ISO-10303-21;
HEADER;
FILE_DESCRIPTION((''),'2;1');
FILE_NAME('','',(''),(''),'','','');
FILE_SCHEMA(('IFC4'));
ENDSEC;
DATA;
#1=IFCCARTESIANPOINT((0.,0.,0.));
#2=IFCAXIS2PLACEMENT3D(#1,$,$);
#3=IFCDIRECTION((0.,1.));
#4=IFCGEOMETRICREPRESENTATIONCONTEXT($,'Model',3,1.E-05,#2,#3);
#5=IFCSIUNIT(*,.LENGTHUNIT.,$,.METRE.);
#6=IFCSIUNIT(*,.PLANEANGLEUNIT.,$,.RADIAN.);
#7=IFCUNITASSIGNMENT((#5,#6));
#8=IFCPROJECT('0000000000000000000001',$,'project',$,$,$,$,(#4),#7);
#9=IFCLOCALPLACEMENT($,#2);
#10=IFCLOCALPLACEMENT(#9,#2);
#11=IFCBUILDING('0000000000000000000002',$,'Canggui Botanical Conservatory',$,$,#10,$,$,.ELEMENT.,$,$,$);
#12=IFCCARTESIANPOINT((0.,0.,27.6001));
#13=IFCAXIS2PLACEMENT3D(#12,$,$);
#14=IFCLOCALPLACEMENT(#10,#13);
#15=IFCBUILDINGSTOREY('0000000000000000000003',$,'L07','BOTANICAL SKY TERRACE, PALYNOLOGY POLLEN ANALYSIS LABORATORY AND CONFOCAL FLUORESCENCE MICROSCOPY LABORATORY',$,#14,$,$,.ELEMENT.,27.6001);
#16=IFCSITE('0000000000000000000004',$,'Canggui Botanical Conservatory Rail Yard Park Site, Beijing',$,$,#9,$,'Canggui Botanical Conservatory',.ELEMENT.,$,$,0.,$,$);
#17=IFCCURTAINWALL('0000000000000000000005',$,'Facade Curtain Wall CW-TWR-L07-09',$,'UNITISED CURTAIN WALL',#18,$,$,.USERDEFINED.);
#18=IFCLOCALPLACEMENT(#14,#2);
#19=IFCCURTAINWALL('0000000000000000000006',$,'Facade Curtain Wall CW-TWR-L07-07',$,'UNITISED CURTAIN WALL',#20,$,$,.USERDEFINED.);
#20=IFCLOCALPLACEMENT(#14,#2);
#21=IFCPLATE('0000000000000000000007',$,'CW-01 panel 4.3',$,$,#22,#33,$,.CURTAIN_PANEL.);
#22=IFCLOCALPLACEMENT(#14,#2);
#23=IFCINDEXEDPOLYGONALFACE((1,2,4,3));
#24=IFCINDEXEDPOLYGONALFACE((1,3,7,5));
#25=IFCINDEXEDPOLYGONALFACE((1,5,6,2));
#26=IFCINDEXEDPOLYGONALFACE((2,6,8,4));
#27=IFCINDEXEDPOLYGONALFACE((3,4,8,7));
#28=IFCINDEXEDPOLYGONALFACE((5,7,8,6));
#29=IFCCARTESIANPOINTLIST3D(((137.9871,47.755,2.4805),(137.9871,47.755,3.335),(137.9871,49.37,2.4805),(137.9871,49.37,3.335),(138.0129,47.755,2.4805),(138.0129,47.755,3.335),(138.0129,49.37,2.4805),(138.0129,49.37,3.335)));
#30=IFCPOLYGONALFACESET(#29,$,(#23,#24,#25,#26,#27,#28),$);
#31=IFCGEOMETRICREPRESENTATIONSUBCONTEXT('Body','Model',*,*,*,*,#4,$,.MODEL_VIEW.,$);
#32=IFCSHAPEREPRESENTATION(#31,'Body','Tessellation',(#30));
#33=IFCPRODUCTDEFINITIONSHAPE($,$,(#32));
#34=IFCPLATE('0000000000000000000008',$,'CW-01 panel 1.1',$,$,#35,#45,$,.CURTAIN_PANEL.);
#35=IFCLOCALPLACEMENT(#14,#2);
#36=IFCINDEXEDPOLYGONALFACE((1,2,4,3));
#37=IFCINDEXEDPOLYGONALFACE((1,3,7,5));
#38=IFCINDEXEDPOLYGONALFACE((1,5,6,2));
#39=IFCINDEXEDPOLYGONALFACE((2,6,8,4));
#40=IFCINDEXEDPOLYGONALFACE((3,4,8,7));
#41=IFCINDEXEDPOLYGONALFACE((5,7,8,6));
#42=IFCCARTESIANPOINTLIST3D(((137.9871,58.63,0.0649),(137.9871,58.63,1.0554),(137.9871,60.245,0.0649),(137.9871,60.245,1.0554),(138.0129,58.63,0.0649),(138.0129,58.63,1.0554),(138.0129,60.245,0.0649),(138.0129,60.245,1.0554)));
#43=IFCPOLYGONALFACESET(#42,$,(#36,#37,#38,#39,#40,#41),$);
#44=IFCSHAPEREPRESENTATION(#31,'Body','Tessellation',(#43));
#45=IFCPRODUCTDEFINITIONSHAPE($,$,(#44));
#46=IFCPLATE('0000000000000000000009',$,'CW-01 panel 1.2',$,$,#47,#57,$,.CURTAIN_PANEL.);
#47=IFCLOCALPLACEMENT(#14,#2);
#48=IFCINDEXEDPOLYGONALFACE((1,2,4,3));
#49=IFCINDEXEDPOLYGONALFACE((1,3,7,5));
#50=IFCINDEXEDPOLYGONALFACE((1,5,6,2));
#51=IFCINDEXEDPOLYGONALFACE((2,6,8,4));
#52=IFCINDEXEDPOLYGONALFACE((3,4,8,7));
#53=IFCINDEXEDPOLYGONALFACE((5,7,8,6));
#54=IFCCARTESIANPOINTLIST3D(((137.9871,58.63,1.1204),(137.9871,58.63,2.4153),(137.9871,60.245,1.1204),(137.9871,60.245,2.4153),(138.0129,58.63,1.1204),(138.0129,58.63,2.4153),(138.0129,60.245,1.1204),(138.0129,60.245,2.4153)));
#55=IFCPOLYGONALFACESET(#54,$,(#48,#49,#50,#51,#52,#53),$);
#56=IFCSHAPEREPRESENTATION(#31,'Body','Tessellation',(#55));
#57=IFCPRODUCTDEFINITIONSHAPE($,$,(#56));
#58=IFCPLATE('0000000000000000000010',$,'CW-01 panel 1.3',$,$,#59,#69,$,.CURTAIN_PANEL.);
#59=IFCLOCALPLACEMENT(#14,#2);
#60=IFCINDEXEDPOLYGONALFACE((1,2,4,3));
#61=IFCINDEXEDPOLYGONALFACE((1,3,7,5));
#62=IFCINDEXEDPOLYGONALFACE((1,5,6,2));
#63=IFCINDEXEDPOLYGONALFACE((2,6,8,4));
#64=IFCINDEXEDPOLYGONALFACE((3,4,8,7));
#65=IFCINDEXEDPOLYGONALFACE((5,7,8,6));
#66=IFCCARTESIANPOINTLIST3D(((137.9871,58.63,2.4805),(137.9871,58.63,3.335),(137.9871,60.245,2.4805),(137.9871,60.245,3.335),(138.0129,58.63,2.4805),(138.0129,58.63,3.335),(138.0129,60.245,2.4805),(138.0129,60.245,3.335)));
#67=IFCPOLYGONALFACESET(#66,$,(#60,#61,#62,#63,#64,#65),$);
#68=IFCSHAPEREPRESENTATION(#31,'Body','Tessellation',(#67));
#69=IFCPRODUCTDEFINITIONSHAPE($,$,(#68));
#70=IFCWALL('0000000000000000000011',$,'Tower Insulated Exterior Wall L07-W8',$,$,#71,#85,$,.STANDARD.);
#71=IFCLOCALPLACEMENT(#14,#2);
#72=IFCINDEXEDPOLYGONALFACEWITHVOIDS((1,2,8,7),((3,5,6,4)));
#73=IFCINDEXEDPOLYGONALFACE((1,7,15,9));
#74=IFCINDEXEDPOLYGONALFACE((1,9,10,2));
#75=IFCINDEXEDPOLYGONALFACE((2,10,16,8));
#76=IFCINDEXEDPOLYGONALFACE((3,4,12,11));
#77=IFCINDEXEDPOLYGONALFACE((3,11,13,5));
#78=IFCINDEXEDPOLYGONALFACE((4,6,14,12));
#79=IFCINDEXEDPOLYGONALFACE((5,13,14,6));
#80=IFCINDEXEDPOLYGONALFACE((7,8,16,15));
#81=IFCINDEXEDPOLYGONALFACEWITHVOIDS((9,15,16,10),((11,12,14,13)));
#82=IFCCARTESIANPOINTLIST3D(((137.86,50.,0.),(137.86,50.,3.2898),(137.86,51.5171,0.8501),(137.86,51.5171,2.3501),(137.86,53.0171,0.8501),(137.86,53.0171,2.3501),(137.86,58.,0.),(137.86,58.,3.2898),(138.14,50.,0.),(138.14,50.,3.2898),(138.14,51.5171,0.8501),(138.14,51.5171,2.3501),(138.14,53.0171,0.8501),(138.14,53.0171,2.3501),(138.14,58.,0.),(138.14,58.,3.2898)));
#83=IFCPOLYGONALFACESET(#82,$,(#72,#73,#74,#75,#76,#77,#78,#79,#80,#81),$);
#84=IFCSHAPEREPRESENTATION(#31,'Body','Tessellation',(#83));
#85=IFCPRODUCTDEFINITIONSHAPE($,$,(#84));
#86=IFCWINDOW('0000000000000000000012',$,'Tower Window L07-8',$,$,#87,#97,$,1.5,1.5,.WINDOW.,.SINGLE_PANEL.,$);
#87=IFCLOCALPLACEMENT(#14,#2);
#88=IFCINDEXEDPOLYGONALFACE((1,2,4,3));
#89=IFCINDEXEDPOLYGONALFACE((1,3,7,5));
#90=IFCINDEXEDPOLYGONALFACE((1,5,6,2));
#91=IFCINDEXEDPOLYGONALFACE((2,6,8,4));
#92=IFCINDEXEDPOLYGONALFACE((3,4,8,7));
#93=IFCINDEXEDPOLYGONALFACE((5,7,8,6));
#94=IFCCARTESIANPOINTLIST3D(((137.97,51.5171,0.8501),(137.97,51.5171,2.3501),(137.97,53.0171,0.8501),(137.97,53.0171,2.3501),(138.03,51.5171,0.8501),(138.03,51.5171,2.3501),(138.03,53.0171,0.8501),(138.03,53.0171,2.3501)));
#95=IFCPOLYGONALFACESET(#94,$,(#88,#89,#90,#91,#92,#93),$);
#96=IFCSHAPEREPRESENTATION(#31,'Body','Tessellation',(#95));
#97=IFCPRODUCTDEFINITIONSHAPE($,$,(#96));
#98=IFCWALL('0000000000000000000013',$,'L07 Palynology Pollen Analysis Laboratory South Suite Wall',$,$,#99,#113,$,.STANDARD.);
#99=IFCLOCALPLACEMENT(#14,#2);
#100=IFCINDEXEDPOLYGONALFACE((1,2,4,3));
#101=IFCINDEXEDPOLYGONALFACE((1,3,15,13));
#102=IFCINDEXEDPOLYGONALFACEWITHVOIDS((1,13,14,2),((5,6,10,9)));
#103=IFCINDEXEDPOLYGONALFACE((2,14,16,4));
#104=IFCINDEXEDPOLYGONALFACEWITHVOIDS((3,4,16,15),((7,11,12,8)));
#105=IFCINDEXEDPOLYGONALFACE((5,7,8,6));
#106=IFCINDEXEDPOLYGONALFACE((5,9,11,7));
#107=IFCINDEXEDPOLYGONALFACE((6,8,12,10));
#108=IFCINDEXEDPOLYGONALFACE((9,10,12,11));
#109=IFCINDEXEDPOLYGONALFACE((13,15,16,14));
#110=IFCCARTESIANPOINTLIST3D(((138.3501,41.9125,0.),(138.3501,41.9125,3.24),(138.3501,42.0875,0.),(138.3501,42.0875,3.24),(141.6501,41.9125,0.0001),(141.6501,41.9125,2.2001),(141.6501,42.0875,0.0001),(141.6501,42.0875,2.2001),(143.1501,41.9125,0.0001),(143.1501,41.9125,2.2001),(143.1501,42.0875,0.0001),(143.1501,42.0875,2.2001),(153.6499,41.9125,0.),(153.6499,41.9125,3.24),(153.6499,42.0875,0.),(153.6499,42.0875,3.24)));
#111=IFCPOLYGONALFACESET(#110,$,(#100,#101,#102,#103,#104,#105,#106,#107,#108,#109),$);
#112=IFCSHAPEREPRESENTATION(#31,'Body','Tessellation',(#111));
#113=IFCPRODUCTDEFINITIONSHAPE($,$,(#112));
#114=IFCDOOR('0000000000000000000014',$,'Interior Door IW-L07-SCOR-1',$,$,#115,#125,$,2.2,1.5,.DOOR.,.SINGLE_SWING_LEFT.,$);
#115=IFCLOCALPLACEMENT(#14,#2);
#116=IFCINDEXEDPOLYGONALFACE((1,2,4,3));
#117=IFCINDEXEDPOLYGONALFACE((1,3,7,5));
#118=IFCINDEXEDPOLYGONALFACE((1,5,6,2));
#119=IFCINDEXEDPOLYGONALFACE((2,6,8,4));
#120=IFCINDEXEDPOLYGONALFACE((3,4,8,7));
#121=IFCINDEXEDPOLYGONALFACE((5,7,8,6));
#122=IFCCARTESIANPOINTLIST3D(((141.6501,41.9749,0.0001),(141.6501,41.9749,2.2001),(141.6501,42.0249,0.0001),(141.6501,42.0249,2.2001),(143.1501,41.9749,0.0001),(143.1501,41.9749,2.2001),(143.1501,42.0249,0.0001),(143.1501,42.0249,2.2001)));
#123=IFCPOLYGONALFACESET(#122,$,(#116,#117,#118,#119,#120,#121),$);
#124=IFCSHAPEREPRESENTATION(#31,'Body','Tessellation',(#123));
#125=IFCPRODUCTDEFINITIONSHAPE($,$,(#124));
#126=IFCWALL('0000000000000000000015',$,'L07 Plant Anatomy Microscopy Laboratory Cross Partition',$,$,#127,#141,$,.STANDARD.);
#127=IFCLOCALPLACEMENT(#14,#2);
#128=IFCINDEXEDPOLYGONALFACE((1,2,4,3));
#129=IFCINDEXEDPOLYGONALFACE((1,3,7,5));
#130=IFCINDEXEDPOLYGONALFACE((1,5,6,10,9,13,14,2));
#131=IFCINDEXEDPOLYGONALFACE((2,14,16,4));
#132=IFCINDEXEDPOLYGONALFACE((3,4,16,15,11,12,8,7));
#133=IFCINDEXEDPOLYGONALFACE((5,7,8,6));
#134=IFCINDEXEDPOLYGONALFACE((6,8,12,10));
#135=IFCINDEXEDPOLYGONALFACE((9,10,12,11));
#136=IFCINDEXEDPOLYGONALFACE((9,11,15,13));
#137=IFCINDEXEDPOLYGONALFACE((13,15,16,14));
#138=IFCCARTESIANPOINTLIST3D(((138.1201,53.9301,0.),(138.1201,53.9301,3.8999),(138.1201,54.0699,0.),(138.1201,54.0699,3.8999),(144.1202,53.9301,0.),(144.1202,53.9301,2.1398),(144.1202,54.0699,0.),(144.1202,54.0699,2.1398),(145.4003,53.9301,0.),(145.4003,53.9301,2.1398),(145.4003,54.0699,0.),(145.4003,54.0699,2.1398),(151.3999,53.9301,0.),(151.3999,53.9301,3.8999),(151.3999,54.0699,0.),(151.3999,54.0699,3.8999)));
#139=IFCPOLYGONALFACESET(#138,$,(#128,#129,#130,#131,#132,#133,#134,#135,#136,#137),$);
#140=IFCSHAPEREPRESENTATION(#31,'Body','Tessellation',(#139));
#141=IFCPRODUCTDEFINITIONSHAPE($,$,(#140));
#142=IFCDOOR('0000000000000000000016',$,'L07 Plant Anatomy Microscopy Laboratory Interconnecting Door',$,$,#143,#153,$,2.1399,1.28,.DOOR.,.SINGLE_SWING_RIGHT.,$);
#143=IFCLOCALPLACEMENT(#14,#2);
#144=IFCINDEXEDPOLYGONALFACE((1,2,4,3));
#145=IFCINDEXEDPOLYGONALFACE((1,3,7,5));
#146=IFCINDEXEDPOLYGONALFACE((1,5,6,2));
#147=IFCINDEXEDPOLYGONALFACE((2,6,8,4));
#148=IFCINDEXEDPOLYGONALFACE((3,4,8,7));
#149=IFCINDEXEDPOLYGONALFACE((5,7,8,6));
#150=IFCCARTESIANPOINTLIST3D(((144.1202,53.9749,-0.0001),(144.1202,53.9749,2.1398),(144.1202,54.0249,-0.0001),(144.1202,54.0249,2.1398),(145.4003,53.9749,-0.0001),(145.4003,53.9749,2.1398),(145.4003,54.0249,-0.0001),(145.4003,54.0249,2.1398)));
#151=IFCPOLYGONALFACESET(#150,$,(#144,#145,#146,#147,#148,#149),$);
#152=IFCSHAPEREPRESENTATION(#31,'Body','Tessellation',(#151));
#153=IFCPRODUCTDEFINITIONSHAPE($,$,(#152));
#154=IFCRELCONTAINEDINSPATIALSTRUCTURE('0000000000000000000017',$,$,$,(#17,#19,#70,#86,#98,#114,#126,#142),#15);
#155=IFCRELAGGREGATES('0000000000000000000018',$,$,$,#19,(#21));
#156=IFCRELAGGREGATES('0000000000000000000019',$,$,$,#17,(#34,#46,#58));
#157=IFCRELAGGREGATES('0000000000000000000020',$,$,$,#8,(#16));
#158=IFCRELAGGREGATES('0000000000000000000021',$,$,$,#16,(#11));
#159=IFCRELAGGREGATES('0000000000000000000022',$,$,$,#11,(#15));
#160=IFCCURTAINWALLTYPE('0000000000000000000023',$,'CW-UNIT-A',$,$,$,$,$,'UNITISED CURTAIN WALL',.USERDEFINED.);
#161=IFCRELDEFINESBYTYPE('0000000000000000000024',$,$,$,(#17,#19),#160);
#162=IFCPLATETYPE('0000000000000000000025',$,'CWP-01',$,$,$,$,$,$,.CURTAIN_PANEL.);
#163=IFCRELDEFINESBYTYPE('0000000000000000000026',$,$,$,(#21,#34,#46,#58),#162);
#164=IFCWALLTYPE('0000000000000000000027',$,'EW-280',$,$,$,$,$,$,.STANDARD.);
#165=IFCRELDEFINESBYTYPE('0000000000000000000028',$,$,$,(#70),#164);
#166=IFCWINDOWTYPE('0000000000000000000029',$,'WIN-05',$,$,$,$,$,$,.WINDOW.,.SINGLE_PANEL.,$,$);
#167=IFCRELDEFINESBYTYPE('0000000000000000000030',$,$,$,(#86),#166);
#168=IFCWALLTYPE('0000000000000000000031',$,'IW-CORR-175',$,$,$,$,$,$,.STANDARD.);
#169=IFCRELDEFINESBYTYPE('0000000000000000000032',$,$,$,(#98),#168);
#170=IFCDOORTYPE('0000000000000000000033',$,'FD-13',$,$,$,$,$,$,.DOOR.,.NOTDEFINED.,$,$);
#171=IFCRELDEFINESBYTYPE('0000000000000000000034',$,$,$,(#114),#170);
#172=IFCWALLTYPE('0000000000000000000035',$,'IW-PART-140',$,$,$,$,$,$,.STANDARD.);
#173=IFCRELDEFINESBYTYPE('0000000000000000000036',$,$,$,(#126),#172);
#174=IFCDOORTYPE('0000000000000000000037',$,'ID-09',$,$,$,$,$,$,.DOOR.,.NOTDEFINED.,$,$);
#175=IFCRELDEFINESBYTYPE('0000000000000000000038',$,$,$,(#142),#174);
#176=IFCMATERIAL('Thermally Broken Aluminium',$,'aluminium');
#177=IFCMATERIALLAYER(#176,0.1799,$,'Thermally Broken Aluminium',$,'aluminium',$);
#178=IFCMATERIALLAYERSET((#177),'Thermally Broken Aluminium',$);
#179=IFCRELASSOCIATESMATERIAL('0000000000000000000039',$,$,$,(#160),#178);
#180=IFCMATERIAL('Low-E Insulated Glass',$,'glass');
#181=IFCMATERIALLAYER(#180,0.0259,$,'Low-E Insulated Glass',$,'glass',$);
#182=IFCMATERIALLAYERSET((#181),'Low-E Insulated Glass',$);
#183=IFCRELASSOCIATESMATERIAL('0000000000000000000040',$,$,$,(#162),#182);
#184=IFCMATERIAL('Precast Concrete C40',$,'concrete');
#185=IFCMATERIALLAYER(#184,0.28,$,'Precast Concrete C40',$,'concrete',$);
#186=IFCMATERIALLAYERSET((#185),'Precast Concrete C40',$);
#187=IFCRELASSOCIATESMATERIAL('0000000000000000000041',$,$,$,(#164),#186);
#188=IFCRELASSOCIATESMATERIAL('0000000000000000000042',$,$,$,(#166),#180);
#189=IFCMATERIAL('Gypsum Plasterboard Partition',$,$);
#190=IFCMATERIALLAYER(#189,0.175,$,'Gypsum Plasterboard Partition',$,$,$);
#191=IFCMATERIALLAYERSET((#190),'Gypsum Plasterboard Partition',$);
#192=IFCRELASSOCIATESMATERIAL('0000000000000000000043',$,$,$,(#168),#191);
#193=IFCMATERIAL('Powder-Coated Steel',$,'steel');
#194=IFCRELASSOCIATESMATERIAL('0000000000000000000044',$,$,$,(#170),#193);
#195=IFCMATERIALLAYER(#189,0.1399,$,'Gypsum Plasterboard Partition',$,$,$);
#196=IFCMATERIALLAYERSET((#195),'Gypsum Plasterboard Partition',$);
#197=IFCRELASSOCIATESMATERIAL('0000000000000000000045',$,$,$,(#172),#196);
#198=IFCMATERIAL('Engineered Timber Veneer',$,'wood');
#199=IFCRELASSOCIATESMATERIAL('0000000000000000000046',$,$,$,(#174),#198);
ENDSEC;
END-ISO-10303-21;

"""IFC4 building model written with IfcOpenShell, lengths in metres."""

from ifc_helpers import new_model, si_unit, direction, frame, frame_2d, origin, origin_2d, place, context, subcontext, project, spatial, rectangle, extrude, material, layer, layer_set, type_object, element, fill, aggregate, save


model = new_model("IFC4")

# Units and contexts
model_context = context("Model", 3, precision=1e-05, world=origin(), true_north=direction((0.0, 1.0)))
body_context = subcontext(model_context, "Body", "Model", "MODEL_VIEW")
ifc_project = project(units=[si_unit("LENGTHUNIT", "METRE"), si_unit("PLANEANGLEUNIT", "RADIAN")], contexts=[model_context])

# Site, building, storey
site_placement = place(None, origin())
site = spatial("IfcSite", under=ifc_project, at=site_placement, Name="Canggui Botanical Conservatory Rail Yard Park Site, Beijing", LongName="Canggui Botanical Conservatory", CompositionType="ELEMENT", RefElevation=0.0)
building_placement = place(site_placement, origin())
building = spatial("IfcBuilding", under=site, at=building_placement, Name="Canggui Botanical Conservatory", CompositionType="ELEMENT")
storey_placement = place(building_placement, frame((0.0, 0.0, 27.6001)))
storey = spatial("IfcBuildingStorey", under=building, at=storey_placement, Name="L07", Description="BOTANICAL SKY TERRACE, PALYNOLOGY POLLEN ANALYSIS LABORATORY AND CONFOCAL FLUORESCENCE MICROSCOPY LABORATORY", CompositionType="ELEMENT", Elevation=27.6001)

# Curtain wall
ifc_material_1 = material(Name="Thermally Broken Aluminium", Category="aluminium")
ifc_layer_1 = layer(ifc_material_1, 0.1799, Name="Thermally Broken Aluminium", Category="aluminium")
ifc_layer_set_1 = layer_set([ifc_layer_1], Name="Thermally Broken Aluminium")
curtain_wall_type = type_object("IfcCurtainWallType", Name="CW-UNIT-A", ElementType="UNITISED CURTAIN WALL", PredefinedType="USERDEFINED", material=ifc_layer_set_1)
curtain_wall_1_placement = place(storey_placement, origin())
curtain_wall_1 = element("IfcCurtainWall", 1, at=curtain_wall_1_placement, inside=storey, type_object=curtain_wall_type, Name="Facade Curtain Wall CW-TWR-L07-09", ObjectType="UNITISED CURTAIN WALL", PredefinedType="USERDEFINED")

# Curtain wall
curtain_wall_2_placement = place(storey_placement, origin())
curtain_wall_2 = element("IfcCurtainWall", 2, at=curtain_wall_2_placement, inside=storey, type_object=curtain_wall_type, Name="Facade Curtain Wall CW-TWR-L07-07", ObjectType="UNITISED CURTAIN WALL", PredefinedType="USERDEFINED")

# Plates
ifc_material_2 = material(Name="Low-E Insulated Glass", Category="glass")
ifc_layer_2 = layer(ifc_material_2, 0.0259, Name="Low-E Insulated Glass", Category="glass")
ifc_layer_set_2 = layer_set([ifc_layer_2], Name="Low-E Insulated Glass")
plate_type = type_object("IfcPlateType", Name="CWP-01", PredefinedType="CURTAIN_PANEL", material=ifc_layer_set_2)
plate_1_placement = place(storey_placement, frame((138.0, 48.5625, 2.4805), z_axis=(0.0, 0.0, 1.0), x_axis=(0.0, 1.0, 0.0)))
plate_1 = element("IfcPlate", 3, at=plate_1_placement, type_object=plate_type, Name="CW-01 panel 4.3", PredefinedType="CURTAIN_PANEL", context=body_context, shape_type="SweptSolid", body=[
    extrude(rectangle(XDim=1.615, YDim=0.0259, at=origin_2d()), origin(), (0.0, 0.0, 1.0), 0.8545),
])
aggregate(curtain_wall_2, [plate_1])
plate_2_placement = place(storey_placement, frame((138.0, 59.4375, 0.0649), z_axis=(0.0, 0.0, 1.0), x_axis=(0.0, 1.0, 0.0)))
plate_2 = element("IfcPlate", 4, at=plate_2_placement, type_object=plate_type, Name="CW-01 panel 1.1", PredefinedType="CURTAIN_PANEL", context=body_context, shape_type="SweptSolid", body=[
    extrude(rectangle(XDim=1.615, YDim=0.0259, at=origin_2d()), origin(), (0.0, 0.0, 1.0), 0.9905),
])
plate_3_placement = place(storey_placement, frame((138.0, 59.4375, 1.1204), z_axis=(0.0, 0.0, 1.0), x_axis=(0.0, 1.0, 0.0)))
plate_3 = element("IfcPlate", 5, at=plate_3_placement, type_object=plate_type, Name="CW-01 panel 1.2", PredefinedType="CURTAIN_PANEL", context=body_context, shape_type="SweptSolid", body=[
    extrude(rectangle(XDim=1.615, YDim=0.0259, at=origin_2d()), origin(), (0.0, 0.0, 1.0), 1.2949),
])
plate_4_placement = place(storey_placement, frame((138.0, 59.4375, 2.4805), z_axis=(0.0, 0.0, 1.0), x_axis=(0.0, 1.0, 0.0)))
plate_4 = element("IfcPlate", 6, at=plate_4_placement, type_object=plate_type, Name="CW-01 panel 1.3", PredefinedType="CURTAIN_PANEL", context=body_context, shape_type="SweptSolid", body=[
    extrude(rectangle(XDim=1.615, YDim=0.0259, at=origin_2d()), origin(), (0.0, 0.0, 1.0), 0.8545),
])
aggregate(curtain_wall_1, [plate_2, plate_3, plate_4])

# Wall, opening, window
ifc_material_3 = material(Name="Precast Concrete C40", Category="concrete")
ifc_layer_3 = layer(ifc_material_3, 0.28, Name="Precast Concrete C40", Category="concrete")
ifc_layer_set_3 = layer_set([ifc_layer_3], Name="Precast Concrete C40")
wall_type_1 = type_object("IfcWallType", Name="EW-280", PredefinedType="STANDARD", material=ifc_layer_set_3)
wall_1_placement = place(storey_placement, frame((138.0, 50.0, 0.0), z_axis=(0.0, 0.0, 1.0), x_axis=(0.0, 1.0, 0.0)))
wall_1 = element("IfcWall", 7, at=wall_1_placement, inside=storey, type_object=wall_type_1, Name="Tower Insulated Exterior Wall L07-W8", PredefinedType="STANDARD", context=body_context, shape_type="SweptSolid", body=[
    extrude(rectangle(XDim=8.0, YDim=0.28, at=frame_2d((4.0, 0.0))), origin(), (0.0, 0.0, 1.0), 3.2898),
])
opening_1_placement = place(wall_1_placement, frame((1.5171, 0.0, 0.8501)))
opening_1 = element("IfcOpeningElement", 8, at=opening_1_placement, cuts=wall_1, PredefinedType="OPENING", context=body_context, shape_type="SweptSolid", body=[
    extrude(rectangle(XDim=1.5, YDim=1.5, at=frame_2d((0.75, 0.75))), frame((0.0, 0.1499, 0.0), z_axis=(0.0, -1.0, 0.0), x_axis=(1.0, 0.0, 0.0)), (0.0, 0.0, 1.0), 0.3),
])
window_type = type_object("IfcWindowType", Name="WIN-05", PartitioningType="SINGLE_PANEL", PredefinedType="WINDOW", material=ifc_material_2)
window_placement = place(opening_1_placement, origin())
window = element("IfcWindow", 9, at=window_placement, inside=storey, type_object=window_type, Name="Tower Window L07-8", OverallHeight=1.5, OverallWidth=1.5, PartitioningType="SINGLE_PANEL", PredefinedType="WINDOW", context=body_context, shape_type="SweptSolid", body=[
    extrude(rectangle(XDim=1.5, YDim=1.5, at=frame_2d((0.75, 0.75))), frame((0.0, 0.03, 0.0), z_axis=(0.0, -1.0, 0.0), x_axis=(1.0, 0.0, 0.0)), (0.0, 0.0, 1.0), 0.0601),
])
fill(opening_1, window)

# Walls, openings, doors
ifc_material_4 = material(Name="Gypsum Plasterboard Partition")
ifc_layer_4 = layer(ifc_material_4, 0.175, Name="Gypsum Plasterboard Partition")
ifc_layer_set_4 = layer_set([ifc_layer_4], Name="Gypsum Plasterboard Partition")
wall_type_2 = type_object("IfcWallType", Name="IW-CORR-175", PredefinedType="STANDARD", material=ifc_layer_set_4)
wall_2_placement = place(storey_placement, frame((138.3501, 42.0, 0.0), z_axis=(0.0, 0.0, 1.0), x_axis=(1.0, 0.0, 0.0)))
wall_2 = element("IfcWall", 10, at=wall_2_placement, inside=storey, type_object=wall_type_2, Name="L07 Palynology Pollen Analysis Laboratory South Suite Wall", PredefinedType="STANDARD", context=body_context, shape_type="SweptSolid", body=[
    extrude(rectangle(XDim=15.2998, YDim=0.175, at=frame_2d((7.6499, 0.0))), origin(), (0.0, 0.0, 1.0), 3.24),
])
opening_2_placement = place(wall_2_placement, frame((3.3, 0.0, 0.0)))
opening_2 = element("IfcOpeningElement", 11, at=opening_2_placement, cuts=wall_2, PredefinedType="OPENING", context=body_context, shape_type="SweptSolid", body=[
    extrude(rectangle(XDim=1.5, YDim=2.2, at=frame_2d((0.75, 1.1001))), frame((0.0, 0.0977, 0.0), z_axis=(0.0, -1.0, 0.0), x_axis=(1.0, 0.0, 0.0)), (0.0, 0.0, 1.0), 0.1951),
])
ifc_material_5 = material(Name="Powder-Coated Steel", Category="steel")
door_type_1 = type_object("IfcDoorType", Name="FD-13", OperationType="NOTDEFINED", PredefinedType="DOOR", material=ifc_material_5)
door_1_placement = place(opening_2_placement, origin())
door_1 = element("IfcDoor", 12, at=door_1_placement, inside=storey, type_object=door_type_1, Name="Interior Door IW-L07-SCOR-1", OperationType="SINGLE_SWING_LEFT", OverallHeight=2.2, OverallWidth=1.5, PredefinedType="DOOR", context=body_context, shape_type="SweptSolid", body=[
    extrude(rectangle(XDim=1.5, YDim=2.2, at=frame_2d((0.75, 1.1001))), frame((0.0, 0.0249, 0.0), z_axis=(0.0, -1.0, 0.0), x_axis=(1.0, 0.0, 0.0)), (0.0, 0.0, 1.0), 0.05),
])
fill(opening_2, door_1)
ifc_layer_5 = layer(ifc_material_4, 0.1399, Name="Gypsum Plasterboard Partition")
ifc_layer_set_5 = layer_set([ifc_layer_5], Name="Gypsum Plasterboard Partition")
wall_type_3 = type_object("IfcWallType", Name="IW-PART-140", PredefinedType="STANDARD", material=ifc_layer_set_5)
wall_3_placement = place(storey_placement, frame((138.1201, 54.0, 0.0), z_axis=(0.0, 0.0, 1.0), x_axis=(1.0, 0.0, 0.0)))
wall_3 = element("IfcWall", 13, at=wall_3_placement, inside=storey, type_object=wall_type_3, Name="L07 Plant Anatomy Microscopy Laboratory Cross Partition", PredefinedType="STANDARD", context=body_context, shape_type="SweptSolid", body=[
    extrude(rectangle(XDim=13.2798, YDim=0.1399, at=frame_2d((6.6399, 0.0))), origin(), (0.0, 0.0, 1.0), 3.8999),
])
opening_3_placement = place(wall_3_placement, frame((6.0, 0.0, 0.0)))
opening_3 = element("IfcOpeningElement", 14, at=opening_3_placement, cuts=wall_3, PredefinedType="OPENING", context=body_context, shape_type="SweptSolid", body=[
    extrude(rectangle(XDim=1.28, YDim=2.1399, at=frame_2d((0.6401, 1.0698))), frame((0.0, 0.0801, 0.0), z_axis=(0.0, -1.0, 0.0), x_axis=(1.0, 0.0, 0.0)), (0.0, 0.0, 1.0), 0.1599),
])
ifc_material_6 = material(Name="Engineered Timber Veneer", Category="wood")
door_type_2 = type_object("IfcDoorType", Name="ID-09", OperationType="NOTDEFINED", PredefinedType="DOOR", material=ifc_material_6)
door_2_placement = place(opening_3_placement, origin())
door_2 = element("IfcDoor", 15, at=door_2_placement, inside=storey, type_object=door_type_2, Name="L07 Plant Anatomy Microscopy Laboratory Interconnecting Door", OperationType="SINGLE_SWING_RIGHT", OverallHeight=2.1399, OverallWidth=1.28, PredefinedType="DOOR", context=body_context, shape_type="SweptSolid", body=[
    extrude(rectangle(XDim=1.28, YDim=2.1399, at=frame_2d((0.6401, 1.0698))), frame((0.0, 0.0249, 0.0), z_axis=(0.0, -1.0, 0.0), x_axis=(1.0, 0.0, 0.0)), (0.0, 0.0, 1.0), 0.05),
])
fill(opening_3, door_2)

save(model, "model.ifc")
